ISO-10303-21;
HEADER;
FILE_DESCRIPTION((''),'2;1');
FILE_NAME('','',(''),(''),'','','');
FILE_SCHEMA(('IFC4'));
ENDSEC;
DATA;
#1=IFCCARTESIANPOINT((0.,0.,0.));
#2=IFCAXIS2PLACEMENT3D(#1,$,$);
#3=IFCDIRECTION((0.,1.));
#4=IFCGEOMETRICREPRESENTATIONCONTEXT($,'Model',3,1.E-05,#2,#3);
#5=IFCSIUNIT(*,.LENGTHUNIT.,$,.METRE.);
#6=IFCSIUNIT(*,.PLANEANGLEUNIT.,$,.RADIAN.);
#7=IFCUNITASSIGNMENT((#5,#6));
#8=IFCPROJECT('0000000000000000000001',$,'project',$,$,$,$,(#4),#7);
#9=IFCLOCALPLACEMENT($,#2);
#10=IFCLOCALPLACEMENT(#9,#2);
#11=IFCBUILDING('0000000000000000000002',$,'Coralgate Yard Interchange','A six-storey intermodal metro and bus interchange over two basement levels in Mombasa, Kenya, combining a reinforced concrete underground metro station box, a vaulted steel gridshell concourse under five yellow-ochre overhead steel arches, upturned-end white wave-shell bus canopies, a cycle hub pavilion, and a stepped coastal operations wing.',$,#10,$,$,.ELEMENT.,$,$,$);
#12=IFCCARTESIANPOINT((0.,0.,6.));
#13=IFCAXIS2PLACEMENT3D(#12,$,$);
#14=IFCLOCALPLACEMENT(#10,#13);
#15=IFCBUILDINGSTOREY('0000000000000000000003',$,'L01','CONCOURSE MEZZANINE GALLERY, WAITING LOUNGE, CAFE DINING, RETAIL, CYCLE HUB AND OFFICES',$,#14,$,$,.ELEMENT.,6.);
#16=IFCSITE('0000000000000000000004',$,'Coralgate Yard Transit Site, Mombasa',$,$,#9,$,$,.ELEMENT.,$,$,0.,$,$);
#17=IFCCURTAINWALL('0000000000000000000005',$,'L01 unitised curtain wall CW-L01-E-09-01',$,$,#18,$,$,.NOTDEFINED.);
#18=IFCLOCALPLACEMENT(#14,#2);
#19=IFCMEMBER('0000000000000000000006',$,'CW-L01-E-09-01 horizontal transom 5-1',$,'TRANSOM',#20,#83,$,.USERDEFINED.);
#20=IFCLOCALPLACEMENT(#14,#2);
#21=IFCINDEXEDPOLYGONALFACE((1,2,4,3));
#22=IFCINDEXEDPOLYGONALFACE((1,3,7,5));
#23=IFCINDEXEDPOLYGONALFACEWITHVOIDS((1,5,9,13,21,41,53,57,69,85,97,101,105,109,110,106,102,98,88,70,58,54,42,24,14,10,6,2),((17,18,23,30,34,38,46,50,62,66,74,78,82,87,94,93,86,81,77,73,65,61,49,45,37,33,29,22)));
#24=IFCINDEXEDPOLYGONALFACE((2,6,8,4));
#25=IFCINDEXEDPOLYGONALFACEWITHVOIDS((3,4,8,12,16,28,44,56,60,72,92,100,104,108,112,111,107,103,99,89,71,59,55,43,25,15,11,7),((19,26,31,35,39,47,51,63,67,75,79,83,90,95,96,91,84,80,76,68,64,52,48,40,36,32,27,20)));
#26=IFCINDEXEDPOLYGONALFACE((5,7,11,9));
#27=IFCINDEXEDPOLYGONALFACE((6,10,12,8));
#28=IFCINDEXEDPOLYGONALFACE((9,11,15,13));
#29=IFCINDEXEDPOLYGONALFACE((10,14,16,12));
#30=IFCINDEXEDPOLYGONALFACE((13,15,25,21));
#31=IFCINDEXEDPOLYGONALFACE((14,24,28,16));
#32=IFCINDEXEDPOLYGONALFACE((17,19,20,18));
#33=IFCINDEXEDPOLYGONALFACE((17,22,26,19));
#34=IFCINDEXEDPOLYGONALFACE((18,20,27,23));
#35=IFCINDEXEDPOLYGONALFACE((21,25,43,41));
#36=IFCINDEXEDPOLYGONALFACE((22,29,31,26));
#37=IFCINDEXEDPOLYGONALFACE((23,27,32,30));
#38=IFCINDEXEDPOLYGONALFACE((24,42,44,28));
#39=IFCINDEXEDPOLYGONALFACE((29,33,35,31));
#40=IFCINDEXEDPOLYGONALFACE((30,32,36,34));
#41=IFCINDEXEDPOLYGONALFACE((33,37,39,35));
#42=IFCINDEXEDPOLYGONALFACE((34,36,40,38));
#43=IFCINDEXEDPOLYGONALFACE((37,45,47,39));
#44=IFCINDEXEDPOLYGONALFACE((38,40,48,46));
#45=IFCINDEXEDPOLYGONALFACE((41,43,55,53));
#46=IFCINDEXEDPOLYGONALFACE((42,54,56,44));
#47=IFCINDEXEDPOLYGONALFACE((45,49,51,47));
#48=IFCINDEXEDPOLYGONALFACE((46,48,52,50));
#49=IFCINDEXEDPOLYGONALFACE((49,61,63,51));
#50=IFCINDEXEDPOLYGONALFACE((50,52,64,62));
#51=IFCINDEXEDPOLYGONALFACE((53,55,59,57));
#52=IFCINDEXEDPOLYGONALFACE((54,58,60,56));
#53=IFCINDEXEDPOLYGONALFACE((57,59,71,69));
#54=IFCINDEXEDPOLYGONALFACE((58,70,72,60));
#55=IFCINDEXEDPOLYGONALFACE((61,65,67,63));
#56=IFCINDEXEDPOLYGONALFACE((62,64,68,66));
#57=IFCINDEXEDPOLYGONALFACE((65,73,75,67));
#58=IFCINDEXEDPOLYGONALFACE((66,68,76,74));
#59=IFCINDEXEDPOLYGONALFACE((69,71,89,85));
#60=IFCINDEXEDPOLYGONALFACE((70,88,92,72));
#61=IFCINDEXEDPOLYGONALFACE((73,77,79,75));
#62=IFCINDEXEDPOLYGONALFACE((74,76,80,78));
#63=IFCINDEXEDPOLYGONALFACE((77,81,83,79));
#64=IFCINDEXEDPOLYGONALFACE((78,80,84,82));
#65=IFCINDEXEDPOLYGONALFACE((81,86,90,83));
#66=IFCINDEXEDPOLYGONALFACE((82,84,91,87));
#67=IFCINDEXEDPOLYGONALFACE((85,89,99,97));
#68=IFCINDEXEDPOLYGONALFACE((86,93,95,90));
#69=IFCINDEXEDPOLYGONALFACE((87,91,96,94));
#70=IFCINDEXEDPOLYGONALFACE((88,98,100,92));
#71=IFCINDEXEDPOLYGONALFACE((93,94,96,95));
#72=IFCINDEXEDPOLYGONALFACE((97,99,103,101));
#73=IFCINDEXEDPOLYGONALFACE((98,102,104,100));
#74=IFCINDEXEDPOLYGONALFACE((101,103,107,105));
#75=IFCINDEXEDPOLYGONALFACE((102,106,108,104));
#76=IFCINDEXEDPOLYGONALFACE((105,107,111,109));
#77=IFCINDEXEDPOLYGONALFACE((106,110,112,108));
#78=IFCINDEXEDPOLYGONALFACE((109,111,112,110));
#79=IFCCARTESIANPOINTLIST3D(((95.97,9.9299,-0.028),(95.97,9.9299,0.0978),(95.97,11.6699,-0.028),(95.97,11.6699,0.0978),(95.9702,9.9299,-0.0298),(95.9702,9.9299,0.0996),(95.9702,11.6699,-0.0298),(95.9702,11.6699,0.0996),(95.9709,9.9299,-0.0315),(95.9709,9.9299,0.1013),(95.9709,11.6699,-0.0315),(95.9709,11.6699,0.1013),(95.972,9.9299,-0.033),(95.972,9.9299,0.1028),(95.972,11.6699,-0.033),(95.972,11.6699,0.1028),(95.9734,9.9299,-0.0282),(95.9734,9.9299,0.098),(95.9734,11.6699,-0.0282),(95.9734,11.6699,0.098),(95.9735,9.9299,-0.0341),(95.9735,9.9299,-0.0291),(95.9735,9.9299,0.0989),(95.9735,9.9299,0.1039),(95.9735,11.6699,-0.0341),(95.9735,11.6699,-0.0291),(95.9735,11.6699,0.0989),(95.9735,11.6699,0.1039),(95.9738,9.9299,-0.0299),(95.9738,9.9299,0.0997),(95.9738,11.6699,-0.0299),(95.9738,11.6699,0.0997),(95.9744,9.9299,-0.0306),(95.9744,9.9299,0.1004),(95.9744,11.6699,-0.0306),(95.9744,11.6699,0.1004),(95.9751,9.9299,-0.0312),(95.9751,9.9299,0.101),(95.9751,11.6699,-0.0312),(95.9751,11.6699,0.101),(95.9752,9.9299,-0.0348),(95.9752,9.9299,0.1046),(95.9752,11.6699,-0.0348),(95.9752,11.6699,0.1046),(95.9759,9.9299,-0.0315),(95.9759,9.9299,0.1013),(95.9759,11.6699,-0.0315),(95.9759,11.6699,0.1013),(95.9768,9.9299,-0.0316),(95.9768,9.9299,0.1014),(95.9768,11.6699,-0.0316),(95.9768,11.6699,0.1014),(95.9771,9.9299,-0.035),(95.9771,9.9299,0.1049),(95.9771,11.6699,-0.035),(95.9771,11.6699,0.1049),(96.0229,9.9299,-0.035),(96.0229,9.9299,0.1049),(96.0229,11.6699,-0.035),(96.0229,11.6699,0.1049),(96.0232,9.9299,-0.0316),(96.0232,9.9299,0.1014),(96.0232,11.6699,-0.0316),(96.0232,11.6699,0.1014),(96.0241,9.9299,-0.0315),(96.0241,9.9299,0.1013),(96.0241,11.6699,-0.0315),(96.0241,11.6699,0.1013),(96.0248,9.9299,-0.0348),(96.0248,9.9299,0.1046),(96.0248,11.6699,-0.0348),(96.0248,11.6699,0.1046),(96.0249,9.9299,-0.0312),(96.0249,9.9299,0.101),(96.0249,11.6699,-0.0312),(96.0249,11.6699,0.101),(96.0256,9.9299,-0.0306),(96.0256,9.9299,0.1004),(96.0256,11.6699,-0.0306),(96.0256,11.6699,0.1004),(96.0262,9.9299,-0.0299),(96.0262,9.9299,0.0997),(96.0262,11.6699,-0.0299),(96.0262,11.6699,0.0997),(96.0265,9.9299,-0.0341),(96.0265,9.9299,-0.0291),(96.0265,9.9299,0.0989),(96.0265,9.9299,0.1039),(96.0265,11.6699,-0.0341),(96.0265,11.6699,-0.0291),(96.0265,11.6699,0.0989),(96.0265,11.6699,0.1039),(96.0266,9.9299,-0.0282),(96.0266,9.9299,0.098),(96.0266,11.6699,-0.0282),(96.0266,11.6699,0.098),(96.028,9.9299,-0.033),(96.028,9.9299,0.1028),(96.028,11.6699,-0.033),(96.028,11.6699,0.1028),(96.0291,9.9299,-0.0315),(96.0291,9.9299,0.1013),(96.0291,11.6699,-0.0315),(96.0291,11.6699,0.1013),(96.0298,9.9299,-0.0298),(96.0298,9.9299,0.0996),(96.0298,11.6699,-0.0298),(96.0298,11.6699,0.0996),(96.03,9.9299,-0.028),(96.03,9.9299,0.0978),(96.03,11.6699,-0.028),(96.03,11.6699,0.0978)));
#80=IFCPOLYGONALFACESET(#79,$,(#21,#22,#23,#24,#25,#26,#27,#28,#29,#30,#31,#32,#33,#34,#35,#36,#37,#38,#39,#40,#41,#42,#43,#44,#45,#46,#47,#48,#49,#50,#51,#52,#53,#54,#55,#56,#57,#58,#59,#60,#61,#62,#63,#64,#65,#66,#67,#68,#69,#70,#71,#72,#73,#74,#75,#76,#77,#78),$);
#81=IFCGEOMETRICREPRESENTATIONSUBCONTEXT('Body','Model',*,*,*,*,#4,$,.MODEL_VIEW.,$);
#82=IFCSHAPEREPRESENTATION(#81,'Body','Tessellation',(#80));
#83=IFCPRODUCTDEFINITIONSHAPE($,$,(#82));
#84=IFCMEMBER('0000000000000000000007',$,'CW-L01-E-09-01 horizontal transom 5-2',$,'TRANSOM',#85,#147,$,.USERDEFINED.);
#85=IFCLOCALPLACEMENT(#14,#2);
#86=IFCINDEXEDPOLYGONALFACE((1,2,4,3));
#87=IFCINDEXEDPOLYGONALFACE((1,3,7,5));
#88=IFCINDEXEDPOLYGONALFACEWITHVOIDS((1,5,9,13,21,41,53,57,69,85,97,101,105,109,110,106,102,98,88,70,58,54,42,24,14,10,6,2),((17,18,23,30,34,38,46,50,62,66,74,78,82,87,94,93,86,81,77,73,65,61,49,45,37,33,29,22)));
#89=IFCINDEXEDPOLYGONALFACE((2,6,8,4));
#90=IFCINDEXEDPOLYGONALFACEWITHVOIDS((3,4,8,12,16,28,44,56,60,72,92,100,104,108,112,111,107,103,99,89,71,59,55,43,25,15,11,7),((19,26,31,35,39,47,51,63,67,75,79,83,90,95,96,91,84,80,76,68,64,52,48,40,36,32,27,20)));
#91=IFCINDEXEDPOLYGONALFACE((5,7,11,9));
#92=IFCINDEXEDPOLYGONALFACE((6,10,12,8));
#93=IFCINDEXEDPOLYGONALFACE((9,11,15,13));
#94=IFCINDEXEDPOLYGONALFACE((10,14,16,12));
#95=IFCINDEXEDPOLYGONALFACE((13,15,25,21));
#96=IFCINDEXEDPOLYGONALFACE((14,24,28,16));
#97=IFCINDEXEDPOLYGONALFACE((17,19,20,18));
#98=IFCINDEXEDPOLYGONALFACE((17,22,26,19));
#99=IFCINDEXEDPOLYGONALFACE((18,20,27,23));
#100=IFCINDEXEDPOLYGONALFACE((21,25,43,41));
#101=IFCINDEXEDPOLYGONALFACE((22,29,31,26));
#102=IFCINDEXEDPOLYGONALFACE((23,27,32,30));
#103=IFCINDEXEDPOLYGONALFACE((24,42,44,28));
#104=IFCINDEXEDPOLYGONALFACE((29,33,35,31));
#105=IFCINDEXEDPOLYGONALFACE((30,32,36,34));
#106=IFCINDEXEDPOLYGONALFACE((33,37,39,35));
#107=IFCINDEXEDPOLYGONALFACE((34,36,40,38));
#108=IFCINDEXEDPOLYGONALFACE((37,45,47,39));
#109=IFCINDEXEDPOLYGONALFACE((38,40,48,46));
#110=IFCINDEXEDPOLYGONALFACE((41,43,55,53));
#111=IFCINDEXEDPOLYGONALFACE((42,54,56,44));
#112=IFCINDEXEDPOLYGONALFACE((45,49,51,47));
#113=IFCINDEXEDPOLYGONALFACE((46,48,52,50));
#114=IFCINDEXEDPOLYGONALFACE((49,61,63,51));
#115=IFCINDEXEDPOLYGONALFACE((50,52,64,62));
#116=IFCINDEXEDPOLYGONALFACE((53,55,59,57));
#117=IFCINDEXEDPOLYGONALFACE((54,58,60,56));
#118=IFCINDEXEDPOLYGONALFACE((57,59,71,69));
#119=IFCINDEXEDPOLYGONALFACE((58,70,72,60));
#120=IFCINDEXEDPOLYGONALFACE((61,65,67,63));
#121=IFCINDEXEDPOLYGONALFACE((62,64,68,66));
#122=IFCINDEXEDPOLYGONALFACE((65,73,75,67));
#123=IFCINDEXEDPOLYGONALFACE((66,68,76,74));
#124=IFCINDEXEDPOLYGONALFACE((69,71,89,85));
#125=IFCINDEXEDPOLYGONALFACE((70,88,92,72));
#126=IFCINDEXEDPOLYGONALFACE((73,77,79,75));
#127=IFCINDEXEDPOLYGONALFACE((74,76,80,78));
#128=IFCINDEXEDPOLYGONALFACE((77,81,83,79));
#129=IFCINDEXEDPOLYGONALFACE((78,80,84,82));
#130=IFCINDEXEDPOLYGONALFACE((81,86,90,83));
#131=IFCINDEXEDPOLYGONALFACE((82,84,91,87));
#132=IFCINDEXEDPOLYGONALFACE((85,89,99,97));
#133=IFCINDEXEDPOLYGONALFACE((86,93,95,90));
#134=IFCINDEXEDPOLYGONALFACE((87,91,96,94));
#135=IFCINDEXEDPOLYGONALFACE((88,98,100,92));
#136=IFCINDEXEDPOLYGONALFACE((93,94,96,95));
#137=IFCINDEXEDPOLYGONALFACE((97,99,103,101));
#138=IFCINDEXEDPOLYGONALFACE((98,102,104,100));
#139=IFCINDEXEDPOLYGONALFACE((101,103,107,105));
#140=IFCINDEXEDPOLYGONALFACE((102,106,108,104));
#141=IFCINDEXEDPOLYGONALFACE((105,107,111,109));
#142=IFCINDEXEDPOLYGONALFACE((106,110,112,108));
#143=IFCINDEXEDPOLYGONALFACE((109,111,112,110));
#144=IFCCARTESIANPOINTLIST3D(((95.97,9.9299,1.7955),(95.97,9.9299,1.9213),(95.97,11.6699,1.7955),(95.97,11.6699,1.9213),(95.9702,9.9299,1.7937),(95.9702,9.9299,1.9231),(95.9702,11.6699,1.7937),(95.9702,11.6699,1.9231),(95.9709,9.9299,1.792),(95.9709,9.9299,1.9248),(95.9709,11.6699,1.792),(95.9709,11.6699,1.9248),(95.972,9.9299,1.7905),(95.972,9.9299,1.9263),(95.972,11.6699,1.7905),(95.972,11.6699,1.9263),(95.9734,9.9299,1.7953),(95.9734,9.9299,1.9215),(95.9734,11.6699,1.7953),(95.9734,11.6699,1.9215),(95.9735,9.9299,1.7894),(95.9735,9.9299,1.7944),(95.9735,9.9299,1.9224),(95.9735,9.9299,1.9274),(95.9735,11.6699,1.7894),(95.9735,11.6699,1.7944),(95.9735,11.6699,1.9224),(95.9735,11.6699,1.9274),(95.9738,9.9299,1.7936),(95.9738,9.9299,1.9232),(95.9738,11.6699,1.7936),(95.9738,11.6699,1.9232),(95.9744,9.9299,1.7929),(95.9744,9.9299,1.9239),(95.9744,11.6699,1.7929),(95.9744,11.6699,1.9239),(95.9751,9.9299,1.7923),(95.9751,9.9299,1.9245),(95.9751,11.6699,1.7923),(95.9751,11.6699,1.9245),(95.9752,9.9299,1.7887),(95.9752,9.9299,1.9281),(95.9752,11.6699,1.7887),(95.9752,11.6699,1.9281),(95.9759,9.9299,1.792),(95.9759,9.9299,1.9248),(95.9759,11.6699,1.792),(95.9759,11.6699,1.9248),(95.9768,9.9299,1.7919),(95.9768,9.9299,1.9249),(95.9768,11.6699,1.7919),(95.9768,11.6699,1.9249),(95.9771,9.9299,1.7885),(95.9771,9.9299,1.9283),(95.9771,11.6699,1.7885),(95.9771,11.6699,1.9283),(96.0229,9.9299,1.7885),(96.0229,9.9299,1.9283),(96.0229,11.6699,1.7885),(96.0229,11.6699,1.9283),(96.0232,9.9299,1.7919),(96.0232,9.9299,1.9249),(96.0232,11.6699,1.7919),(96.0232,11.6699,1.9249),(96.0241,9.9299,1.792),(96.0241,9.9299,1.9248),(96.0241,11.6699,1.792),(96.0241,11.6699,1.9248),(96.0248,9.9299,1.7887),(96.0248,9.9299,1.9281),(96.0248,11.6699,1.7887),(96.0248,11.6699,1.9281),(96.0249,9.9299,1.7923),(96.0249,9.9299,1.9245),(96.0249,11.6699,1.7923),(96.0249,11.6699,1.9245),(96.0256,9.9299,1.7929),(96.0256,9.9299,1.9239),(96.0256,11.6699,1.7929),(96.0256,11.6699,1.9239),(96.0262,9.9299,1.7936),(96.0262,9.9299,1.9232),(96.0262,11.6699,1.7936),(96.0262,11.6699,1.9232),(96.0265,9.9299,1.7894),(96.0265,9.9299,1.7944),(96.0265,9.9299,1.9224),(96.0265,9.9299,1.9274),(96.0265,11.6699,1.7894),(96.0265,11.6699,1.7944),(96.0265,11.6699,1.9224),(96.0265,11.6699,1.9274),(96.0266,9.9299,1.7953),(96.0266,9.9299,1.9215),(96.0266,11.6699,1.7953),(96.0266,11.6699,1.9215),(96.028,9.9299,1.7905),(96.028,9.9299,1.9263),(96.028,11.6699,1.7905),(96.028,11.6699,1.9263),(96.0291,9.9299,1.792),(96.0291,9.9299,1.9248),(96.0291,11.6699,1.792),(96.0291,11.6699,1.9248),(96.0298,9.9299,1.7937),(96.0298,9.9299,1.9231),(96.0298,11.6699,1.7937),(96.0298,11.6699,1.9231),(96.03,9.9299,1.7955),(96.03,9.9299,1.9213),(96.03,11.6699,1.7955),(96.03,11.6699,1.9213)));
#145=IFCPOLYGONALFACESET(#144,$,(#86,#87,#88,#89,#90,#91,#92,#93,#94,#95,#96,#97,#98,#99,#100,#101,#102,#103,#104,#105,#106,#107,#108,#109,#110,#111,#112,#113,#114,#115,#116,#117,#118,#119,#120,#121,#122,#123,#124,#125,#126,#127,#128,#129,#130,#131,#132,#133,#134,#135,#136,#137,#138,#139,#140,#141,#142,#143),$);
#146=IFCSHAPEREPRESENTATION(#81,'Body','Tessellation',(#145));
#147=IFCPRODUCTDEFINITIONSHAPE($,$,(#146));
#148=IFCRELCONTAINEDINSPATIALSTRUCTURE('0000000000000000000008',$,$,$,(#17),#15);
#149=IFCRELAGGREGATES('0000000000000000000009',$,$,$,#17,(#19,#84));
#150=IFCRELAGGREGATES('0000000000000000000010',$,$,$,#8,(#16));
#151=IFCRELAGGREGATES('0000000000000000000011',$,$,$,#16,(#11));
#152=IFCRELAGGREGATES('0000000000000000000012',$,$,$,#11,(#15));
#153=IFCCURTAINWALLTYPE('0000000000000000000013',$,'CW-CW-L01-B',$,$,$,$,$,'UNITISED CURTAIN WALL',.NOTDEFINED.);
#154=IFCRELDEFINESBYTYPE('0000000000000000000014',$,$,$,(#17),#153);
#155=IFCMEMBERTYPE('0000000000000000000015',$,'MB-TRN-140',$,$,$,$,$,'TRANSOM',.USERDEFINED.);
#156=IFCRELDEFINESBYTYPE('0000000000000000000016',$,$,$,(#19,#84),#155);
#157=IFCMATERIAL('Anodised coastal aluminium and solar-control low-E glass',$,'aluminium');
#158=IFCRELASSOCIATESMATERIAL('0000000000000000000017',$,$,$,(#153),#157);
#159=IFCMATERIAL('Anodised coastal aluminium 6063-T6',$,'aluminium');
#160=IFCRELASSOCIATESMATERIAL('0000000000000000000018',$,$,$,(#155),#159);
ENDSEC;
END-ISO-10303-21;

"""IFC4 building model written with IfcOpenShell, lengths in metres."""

from ifc_helpers import new_model, si_unit, direction, frame, origin, origin_2d, place, context, subcontext, project, spatial, hollow_rectangle, extrude, material, material_profile, profile_set, type_object, element, aggregate, save


model = new_model("IFC4")

# Units and contexts
model_context = context("Model", 3, precision=1e-05, world=origin(), true_north=direction((0.0, 1.0)))
body_context = subcontext(model_context, "Body", "Model", "MODEL_VIEW")
ifc_project = project(units=[si_unit("LENGTHUNIT", "METRE"), si_unit("PLANEANGLEUNIT", "RADIAN")], contexts=[model_context])

# Site, building, storey
site_placement = place(None, origin())
site = spatial("IfcSite", under=ifc_project, at=site_placement, Name="Coralgate Yard Transit Site, Mombasa", CompositionType="ELEMENT", RefElevation=0.0)
building_placement = place(site_placement, origin())
building = spatial("IfcBuilding", under=site, at=building_placement, Name="Coralgate Yard Interchange", Description="A six-storey intermodal metro and bus interchange over two basement levels in Mombasa, Kenya, combining a reinforced concrete underground metro station box, a vaulted steel gridshell concourse under five yellow-ochre overhead steel arches, upturned-end white wave-shell bus canopies, a cycle hub pavilion, and a stepped coastal operations wing.", CompositionType="ELEMENT")
storey_placement = place(building_placement, frame((0.0, 0.0, 6.0)))
storey = spatial("IfcBuildingStorey", under=building, at=storey_placement, Name="L01", Description="CONCOURSE MEZZANINE GALLERY, WAITING LOUNGE, CAFE DINING, RETAIL, CYCLE HUB AND OFFICES", CompositionType="ELEMENT", Elevation=6.0)

# Curtain wall
ifc_material_1 = material(Name="Anodised coastal aluminium and solar-control low-E glass", Category="aluminium")
curtain_wall_type = type_object("IfcCurtainWallType", Name="CW-CW-L01-B", ElementType="UNITISED CURTAIN WALL", PredefinedType="NOTDEFINED", material=ifc_material_1)
ifc_material_2 = material(Name="Anodised coastal aluminium 6063-T6", Category="aluminium")
curtain_wall_1_placement = place(storey_placement, origin())
curtain_wall_1 = element("IfcCurtainWall", 1, at=curtain_wall_1_placement, inside=storey, type_object=curtain_wall_type, Name="L01 unitised curtain wall CW-L01-E-09-01", PredefinedType="NOTDEFINED")

# Members
ifc_material_profile_1 = material_profile(ifc_material_2, hollow_rectangle(XDim=0.0601, YDim=0.1399, WallThickness=0.0034, InnerFilletRadius=0.0034, OuterFilletRadius=0.0071, at=origin_2d()), Name="ALU 60x140x3.5")
ifc_profile_set_1 = profile_set([ifc_material_profile_1], Name="Anodised coastal aluminium 6063-T6")
member_type_1 = type_object("IfcMemberType", Name="MB-TRN-140", ElementType="TRANSOM", PredefinedType="USERDEFINED", material=ifc_profile_set_1)
member_1_placement = place(storey_placement, frame((96.0, 11.6699, 0.0349), z_axis=(0.0, -1.0, 0.0), x_axis=(1.0, 0.0, 0.0)))
member_1 = element("IfcMember", 2, at=member_1_placement, type_object=member_type_1, Name="CW-L01-E-09-01 horizontal transom 5-1", ObjectType="TRANSOM", PredefinedType="USERDEFINED", context=body_context, shape_type="SweptSolid", body=[
    extrude(hollow_rectangle(XDim=0.0601, YDim=0.1399, WallThickness=0.0034, InnerFilletRadius=0.0034, OuterFilletRadius=0.0071, at=origin_2d()), origin(), (0.0, 0.0, 1.0), 1.74),
])
member_2_placement = place(storey_placement, frame((96.0, 11.6699, 1.8584), z_axis=(0.0, -1.0, 0.0), x_axis=(1.0, 0.0, 0.0)))
member_2 = element("IfcMember", 3, at=member_2_placement, type_object=member_type_1, Name="CW-L01-E-09-01 horizontal transom 5-2", ObjectType="TRANSOM", PredefinedType="USERDEFINED", context=body_context, shape_type="SweptSolid", body=[
    extrude(hollow_rectangle(XDim=0.0601, YDim=0.1399, WallThickness=0.0034, InnerFilletRadius=0.0034, OuterFilletRadius=0.0071, at=origin_2d()), origin(), (0.0, 0.0, 1.0), 1.74),
])

aggregate(curtain_wall_1, [member_1, member_2])

save(model, "model.ifc")
